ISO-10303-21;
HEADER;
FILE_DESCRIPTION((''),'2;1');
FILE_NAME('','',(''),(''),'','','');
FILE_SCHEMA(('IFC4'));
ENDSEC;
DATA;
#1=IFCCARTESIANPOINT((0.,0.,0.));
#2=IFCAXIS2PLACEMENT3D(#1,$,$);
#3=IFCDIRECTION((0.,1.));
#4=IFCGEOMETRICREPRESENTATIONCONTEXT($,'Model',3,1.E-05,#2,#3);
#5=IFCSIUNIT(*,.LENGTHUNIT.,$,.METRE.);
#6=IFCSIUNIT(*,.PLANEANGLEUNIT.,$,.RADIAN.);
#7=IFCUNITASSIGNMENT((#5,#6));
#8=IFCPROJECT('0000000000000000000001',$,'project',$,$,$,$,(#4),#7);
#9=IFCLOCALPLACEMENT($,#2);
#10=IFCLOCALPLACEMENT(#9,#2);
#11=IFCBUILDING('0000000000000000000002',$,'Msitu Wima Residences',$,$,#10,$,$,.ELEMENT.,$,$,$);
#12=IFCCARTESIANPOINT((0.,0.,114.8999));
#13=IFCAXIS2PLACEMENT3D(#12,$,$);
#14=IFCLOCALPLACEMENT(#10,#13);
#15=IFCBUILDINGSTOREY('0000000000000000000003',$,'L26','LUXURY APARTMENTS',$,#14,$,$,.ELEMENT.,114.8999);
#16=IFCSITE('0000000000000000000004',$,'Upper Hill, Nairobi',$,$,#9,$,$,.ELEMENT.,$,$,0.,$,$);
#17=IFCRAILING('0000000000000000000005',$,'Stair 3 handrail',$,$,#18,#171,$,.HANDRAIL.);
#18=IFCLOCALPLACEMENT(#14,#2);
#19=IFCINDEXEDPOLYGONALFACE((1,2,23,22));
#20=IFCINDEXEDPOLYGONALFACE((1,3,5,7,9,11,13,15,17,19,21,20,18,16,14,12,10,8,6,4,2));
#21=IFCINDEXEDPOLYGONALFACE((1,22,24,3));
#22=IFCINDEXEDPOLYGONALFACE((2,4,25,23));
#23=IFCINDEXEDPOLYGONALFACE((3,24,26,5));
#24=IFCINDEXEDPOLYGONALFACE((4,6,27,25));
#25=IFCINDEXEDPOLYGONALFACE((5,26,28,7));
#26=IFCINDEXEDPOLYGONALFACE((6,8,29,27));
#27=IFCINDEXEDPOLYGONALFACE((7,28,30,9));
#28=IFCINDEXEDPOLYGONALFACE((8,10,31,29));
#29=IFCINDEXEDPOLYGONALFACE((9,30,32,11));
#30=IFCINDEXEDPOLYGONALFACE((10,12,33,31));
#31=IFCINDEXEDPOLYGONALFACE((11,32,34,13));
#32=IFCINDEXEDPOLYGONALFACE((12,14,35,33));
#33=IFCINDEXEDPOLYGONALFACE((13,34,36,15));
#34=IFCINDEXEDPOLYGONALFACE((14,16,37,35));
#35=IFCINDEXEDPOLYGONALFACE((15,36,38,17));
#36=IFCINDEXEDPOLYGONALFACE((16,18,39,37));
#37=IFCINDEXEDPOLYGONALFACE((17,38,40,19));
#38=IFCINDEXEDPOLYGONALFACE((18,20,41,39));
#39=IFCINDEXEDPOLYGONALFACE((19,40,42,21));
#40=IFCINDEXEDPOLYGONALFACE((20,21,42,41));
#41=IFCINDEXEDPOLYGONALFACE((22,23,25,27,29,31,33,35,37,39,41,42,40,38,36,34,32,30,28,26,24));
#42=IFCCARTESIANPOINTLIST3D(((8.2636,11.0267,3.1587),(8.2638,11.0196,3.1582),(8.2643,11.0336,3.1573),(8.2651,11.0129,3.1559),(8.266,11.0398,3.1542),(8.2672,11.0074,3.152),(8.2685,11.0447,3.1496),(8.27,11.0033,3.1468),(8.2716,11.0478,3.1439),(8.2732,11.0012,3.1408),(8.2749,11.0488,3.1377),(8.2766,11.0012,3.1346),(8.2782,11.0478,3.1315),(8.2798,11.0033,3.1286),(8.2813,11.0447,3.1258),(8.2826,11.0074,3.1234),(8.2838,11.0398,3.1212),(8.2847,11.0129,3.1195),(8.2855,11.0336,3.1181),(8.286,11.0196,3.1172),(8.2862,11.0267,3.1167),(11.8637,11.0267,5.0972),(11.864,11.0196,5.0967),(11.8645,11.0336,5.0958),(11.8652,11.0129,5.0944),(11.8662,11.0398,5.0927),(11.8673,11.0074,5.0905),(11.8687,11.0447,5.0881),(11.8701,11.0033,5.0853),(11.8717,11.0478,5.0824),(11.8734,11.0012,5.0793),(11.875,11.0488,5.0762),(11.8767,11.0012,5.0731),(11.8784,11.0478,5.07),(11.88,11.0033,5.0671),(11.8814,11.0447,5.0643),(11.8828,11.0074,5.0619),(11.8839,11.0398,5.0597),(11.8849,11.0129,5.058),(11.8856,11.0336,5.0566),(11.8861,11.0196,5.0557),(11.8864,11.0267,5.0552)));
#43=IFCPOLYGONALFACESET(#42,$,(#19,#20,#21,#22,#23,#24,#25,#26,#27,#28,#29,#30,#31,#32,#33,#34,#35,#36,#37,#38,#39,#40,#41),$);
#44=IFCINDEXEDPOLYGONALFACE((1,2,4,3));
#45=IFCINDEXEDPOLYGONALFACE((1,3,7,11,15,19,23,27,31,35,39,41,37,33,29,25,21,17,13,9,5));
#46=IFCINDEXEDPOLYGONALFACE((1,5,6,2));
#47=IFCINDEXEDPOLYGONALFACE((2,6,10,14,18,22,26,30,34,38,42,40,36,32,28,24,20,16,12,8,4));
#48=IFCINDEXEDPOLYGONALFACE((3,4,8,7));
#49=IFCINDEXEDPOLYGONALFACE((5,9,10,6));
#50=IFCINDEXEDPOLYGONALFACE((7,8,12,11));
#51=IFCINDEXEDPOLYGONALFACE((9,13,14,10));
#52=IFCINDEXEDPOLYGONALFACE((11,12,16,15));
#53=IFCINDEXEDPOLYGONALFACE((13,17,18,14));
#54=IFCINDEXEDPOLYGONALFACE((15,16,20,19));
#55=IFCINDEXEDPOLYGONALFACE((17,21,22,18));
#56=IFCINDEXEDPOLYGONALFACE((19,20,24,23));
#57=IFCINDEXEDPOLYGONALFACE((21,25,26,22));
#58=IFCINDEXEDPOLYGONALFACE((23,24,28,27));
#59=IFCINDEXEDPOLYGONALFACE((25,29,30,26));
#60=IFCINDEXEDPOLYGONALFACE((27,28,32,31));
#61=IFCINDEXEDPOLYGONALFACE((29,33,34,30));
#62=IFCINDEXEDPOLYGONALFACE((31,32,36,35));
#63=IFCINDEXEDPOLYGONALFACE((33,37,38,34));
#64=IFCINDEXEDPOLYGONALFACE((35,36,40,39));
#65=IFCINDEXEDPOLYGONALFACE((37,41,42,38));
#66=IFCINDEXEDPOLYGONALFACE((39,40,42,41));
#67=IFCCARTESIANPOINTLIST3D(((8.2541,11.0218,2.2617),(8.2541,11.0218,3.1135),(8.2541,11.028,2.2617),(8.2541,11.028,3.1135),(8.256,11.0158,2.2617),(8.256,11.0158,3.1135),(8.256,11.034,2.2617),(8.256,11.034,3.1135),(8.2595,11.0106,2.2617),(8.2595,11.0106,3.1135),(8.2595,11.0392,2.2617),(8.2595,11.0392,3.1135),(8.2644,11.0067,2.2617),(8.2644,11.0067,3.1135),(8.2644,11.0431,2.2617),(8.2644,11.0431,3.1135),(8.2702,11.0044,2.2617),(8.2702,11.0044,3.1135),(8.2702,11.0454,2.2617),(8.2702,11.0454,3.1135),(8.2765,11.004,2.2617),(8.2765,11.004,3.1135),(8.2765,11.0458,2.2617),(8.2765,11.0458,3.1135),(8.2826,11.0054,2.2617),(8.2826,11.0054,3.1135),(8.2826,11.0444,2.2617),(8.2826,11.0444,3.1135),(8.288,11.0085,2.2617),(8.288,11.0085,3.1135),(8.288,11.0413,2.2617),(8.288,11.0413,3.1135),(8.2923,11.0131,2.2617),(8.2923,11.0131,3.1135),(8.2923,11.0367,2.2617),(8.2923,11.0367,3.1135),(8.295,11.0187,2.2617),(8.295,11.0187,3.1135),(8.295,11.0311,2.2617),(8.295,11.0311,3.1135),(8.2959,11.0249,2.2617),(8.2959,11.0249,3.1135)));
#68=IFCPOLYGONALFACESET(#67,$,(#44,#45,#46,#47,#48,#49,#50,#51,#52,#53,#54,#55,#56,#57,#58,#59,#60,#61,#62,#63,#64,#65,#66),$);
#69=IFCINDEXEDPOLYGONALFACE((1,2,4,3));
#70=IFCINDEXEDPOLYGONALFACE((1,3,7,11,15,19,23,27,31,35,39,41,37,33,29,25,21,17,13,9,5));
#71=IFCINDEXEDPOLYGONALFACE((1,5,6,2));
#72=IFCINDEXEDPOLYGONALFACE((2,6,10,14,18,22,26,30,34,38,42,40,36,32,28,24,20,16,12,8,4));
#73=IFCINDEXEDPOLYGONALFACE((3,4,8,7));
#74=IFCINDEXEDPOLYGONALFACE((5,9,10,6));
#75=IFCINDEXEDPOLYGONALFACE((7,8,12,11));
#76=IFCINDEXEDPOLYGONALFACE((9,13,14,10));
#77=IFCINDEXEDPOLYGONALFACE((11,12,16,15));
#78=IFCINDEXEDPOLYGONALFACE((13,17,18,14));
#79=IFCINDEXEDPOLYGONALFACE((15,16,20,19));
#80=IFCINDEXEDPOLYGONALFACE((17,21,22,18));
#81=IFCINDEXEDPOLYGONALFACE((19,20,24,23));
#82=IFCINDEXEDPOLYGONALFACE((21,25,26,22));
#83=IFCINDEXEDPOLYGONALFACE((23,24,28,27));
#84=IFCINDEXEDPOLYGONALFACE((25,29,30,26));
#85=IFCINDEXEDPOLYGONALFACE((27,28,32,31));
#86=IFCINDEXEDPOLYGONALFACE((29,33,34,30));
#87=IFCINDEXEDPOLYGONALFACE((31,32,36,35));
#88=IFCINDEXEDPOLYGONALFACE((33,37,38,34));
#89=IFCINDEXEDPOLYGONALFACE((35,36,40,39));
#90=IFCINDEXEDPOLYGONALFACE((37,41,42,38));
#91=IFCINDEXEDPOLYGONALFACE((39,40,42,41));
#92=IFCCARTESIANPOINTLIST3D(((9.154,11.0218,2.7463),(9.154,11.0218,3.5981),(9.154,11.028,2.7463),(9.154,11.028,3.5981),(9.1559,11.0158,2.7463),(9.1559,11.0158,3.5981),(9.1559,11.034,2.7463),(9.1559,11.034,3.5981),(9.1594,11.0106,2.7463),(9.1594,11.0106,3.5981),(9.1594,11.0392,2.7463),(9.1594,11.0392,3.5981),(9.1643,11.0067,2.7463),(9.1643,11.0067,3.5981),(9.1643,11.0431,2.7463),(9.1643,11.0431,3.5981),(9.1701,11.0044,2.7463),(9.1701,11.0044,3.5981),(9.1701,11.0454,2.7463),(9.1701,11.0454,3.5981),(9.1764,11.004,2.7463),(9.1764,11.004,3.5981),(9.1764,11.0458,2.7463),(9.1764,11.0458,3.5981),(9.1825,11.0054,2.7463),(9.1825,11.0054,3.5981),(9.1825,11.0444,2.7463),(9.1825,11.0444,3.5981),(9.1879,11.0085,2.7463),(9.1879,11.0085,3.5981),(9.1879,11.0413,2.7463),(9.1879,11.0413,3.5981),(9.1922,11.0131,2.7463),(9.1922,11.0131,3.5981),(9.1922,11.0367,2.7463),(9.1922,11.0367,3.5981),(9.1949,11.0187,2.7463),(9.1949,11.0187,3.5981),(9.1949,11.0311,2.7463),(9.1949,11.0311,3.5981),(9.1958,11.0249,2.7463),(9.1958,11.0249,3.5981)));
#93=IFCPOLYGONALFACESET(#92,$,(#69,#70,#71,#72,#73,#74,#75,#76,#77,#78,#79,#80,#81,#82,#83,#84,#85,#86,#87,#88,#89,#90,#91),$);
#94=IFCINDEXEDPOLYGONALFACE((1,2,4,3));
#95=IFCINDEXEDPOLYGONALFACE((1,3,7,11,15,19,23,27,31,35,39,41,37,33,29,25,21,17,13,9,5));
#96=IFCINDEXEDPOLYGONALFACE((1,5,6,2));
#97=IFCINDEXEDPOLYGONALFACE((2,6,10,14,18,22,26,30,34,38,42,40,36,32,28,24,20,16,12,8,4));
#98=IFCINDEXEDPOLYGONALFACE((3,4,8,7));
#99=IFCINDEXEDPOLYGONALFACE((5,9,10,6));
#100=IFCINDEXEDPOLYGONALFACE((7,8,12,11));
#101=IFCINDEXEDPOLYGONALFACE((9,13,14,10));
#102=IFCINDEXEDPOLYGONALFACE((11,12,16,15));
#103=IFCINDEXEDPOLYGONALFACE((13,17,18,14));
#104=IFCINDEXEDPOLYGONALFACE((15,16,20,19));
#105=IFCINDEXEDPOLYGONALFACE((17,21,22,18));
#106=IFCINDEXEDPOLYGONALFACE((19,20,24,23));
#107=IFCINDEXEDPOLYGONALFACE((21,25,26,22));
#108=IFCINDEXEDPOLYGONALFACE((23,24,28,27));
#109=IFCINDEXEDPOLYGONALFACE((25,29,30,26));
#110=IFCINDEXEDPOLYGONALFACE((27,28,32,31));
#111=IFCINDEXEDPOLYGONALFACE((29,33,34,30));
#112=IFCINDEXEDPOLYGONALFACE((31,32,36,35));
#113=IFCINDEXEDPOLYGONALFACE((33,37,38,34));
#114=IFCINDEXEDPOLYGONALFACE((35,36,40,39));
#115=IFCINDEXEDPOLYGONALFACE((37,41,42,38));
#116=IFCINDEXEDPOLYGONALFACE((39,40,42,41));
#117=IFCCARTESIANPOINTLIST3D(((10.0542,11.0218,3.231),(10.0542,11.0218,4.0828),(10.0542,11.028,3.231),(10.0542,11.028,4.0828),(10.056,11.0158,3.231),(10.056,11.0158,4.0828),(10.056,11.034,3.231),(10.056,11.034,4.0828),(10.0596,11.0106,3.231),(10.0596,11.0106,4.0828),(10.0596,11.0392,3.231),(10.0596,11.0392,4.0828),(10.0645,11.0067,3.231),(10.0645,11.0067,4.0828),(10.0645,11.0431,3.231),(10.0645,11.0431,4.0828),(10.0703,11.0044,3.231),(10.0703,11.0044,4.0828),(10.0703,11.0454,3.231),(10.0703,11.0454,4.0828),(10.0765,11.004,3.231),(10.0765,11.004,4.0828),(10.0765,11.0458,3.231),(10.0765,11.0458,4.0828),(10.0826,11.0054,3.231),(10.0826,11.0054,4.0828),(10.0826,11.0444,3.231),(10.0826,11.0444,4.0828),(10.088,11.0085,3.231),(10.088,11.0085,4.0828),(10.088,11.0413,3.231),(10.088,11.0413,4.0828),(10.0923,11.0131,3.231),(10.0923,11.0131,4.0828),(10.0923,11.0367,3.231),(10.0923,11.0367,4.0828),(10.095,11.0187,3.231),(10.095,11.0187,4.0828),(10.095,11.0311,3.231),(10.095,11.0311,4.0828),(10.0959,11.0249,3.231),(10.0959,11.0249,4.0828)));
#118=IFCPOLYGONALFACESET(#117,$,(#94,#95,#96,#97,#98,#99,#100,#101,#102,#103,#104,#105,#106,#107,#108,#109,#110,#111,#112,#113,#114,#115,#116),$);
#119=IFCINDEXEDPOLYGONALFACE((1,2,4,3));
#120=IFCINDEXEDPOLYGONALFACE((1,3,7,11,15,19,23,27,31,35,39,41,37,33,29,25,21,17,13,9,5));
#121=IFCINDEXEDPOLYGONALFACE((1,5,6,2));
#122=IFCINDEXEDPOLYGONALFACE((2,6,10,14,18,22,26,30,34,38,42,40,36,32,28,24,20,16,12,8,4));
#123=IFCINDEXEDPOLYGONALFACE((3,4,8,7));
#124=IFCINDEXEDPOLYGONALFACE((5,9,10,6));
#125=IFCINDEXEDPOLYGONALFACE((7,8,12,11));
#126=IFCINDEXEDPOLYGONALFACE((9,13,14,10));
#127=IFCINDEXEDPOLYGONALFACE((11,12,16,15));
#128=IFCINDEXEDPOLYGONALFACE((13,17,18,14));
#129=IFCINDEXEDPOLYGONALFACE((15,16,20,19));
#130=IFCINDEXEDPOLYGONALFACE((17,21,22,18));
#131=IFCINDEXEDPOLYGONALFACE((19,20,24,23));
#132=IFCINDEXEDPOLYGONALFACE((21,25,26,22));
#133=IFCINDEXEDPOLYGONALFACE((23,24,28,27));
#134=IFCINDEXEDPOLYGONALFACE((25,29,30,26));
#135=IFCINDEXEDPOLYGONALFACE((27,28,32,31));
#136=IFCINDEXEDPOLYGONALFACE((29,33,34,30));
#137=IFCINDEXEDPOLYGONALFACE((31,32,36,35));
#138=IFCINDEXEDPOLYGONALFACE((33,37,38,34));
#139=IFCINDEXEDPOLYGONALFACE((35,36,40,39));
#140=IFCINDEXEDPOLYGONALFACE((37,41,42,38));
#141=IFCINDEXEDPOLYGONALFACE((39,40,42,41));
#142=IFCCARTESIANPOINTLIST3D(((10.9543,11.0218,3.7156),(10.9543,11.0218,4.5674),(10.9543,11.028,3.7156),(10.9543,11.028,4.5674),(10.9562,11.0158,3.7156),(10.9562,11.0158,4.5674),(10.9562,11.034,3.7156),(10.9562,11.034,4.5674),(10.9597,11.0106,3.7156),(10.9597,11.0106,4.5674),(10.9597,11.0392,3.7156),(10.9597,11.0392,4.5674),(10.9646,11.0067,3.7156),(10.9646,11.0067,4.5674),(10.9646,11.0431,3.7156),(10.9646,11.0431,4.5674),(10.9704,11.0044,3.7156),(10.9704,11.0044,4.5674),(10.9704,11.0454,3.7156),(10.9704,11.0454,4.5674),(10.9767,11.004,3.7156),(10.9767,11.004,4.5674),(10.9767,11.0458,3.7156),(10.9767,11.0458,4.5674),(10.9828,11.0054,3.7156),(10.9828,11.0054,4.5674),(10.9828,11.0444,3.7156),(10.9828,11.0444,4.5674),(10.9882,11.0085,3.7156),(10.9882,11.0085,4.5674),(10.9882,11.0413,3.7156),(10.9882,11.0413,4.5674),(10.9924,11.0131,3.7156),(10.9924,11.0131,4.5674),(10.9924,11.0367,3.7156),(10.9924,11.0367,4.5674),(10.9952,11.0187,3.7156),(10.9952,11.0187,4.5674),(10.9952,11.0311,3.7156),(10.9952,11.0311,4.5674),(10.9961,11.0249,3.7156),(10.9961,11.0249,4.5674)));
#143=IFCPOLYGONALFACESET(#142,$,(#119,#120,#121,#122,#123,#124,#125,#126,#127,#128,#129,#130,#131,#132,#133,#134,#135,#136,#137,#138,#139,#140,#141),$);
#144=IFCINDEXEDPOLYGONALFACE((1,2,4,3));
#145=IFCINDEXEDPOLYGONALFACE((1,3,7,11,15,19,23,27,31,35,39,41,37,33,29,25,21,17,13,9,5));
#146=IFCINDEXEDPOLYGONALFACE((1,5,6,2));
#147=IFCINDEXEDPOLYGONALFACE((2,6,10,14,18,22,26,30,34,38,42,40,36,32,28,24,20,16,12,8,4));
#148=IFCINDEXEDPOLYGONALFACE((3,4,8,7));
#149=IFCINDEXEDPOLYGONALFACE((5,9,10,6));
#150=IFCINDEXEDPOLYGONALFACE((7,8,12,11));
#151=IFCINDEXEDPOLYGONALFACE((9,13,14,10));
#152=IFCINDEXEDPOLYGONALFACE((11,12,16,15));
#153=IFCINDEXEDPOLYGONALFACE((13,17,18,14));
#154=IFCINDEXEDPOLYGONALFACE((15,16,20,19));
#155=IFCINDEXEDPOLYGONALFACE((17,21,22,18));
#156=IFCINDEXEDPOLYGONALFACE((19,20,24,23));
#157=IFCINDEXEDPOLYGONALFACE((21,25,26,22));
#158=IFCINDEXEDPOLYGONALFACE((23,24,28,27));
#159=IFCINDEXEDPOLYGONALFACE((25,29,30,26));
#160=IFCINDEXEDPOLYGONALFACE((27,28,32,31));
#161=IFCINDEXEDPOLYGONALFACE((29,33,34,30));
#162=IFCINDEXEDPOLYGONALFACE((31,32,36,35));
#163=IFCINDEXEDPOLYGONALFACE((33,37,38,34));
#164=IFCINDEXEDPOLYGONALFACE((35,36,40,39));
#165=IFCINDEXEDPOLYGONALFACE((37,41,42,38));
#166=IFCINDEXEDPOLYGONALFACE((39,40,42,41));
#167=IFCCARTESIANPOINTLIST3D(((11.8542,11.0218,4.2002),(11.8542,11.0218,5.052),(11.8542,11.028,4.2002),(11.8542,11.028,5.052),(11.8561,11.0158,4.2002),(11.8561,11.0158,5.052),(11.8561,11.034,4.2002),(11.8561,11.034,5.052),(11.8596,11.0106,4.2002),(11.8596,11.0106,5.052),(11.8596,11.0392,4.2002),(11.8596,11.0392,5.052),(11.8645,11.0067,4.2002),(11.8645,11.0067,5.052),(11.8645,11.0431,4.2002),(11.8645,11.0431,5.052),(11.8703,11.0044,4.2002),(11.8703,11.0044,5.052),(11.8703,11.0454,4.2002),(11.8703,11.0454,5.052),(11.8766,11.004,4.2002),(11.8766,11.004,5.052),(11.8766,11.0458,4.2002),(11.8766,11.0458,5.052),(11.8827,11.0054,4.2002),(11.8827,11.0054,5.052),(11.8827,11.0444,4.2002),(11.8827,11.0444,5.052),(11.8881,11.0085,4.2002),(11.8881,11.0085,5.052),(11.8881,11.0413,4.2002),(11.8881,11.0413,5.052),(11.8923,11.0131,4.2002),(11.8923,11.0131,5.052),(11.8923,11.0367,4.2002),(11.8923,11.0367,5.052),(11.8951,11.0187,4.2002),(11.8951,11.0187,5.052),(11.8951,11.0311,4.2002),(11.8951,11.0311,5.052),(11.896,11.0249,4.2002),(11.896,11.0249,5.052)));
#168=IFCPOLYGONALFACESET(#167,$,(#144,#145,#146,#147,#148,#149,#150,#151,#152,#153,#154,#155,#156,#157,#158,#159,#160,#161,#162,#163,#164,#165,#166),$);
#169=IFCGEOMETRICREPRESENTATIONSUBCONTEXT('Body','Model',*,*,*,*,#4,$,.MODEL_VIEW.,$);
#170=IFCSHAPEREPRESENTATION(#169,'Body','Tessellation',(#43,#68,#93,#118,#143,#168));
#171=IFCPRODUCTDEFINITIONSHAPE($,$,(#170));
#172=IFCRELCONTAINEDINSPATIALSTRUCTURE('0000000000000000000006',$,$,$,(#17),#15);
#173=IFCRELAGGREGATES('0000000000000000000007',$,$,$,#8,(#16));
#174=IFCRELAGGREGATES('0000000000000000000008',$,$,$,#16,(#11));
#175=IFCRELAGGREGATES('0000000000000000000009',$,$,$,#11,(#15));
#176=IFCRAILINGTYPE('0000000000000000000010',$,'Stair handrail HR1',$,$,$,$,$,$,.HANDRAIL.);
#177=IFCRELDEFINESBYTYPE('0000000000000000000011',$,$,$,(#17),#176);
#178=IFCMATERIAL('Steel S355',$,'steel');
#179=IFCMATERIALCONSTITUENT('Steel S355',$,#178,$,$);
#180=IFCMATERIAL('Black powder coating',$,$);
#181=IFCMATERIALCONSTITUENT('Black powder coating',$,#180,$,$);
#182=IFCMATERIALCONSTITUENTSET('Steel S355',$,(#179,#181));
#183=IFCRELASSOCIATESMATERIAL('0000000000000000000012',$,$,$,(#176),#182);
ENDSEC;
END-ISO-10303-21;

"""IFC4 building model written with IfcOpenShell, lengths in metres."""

from ifc_helpers import new_model, si_unit, direction, frame, origin, origin_2d, place, context, subcontext, project, spatial, circle, extrude, material, constituent, constituent_set, type_object, element, save


model = new_model("IFC4")

# Units and contexts
model_context = context("Model", 3, precision=1e-05, world=origin(), true_north=direction((0.0, 1.0)))
body_context = subcontext(model_context, "Body", "Model", "MODEL_VIEW")
ifc_project = project(units=[si_unit("LENGTHUNIT", "METRE"), si_unit("PLANEANGLEUNIT", "RADIAN")], contexts=[model_context])

# Site, building, storey
site_placement = place(None, origin())
site = spatial("IfcSite", under=ifc_project, at=site_placement, Name="Upper Hill, Nairobi", CompositionType="ELEMENT", RefElevation=0.0)
building_placement = place(site_placement, origin())
building = spatial("IfcBuilding", under=site, at=building_placement, Name="Msitu Wima Residences", CompositionType="ELEMENT")
storey_placement = place(building_placement, frame((0.0, 0.0, 114.8999)))
storey = spatial("IfcBuildingStorey", under=building, at=storey_placement, Name="L26", Description="LUXURY APARTMENTS", CompositionType="ELEMENT", Elevation=114.8999)

# Railing
ifc_material_1 = material(Name="Steel S355", Category="steel")
ifc_constituent_1 = constituent(ifc_material_1, Name="Steel S355")
ifc_material_2 = material(Name="Black powder coating")
ifc_constituent_2 = constituent(ifc_material_2, Name="Black powder coating")
ifc_constituent_set = constituent_set(constituents=[ifc_constituent_1, ifc_constituent_2], Name="Steel S355")
railing_type = type_object("IfcRailingType", Name="Stair handrail HR1", PredefinedType="HANDRAIL", material=ifc_constituent_set)
for number, where, name in (
    (1, (8.2749, 11.0249, 2.2617), "Stair 3 handrail"),
):
    element("IfcRailing", number, at=place(storey_placement, frame(where)), inside=storey, type_object=railing_type, Name=name, PredefinedType="HANDRAIL", context=body_context, shape_type="SweptSolid", body=[
        extrude(circle(Radius=0.0239, at=origin_2d()), frame((0.0, 0.0, 0.876), z_axis=(0.880475, 0.0, 0.474093), x_axis=(0.0, 1.0, 0.0)), (0.0, 0.0, 1.0), 4.0889),
        extrude(circle(Radius=0.021, at=origin_2d()), origin(), (0.0, 0.0, 1.0), 0.8518),
        extrude(circle(Radius=0.021, at=origin_2d()), frame((0.8999, 0.0, 0.4846)), (0.0, 0.0, 1.0), 0.8518),
        extrude(circle(Radius=0.021, at=origin_2d()), frame((1.8, 0.0, 0.9692)), (0.0, 0.0, 1.0), 0.8518),
        extrude(circle(Radius=0.021, at=origin_2d()), frame((2.7002, 0.0, 1.4539)), (0.0, 0.0, 1.0), 0.8518),
        extrude(circle(Radius=0.021, at=origin_2d()), frame((3.6001, 0.0, 1.9385)), (0.0, 0.0, 1.0), 0.8518),
    ])

save(model, "model.ifc")
